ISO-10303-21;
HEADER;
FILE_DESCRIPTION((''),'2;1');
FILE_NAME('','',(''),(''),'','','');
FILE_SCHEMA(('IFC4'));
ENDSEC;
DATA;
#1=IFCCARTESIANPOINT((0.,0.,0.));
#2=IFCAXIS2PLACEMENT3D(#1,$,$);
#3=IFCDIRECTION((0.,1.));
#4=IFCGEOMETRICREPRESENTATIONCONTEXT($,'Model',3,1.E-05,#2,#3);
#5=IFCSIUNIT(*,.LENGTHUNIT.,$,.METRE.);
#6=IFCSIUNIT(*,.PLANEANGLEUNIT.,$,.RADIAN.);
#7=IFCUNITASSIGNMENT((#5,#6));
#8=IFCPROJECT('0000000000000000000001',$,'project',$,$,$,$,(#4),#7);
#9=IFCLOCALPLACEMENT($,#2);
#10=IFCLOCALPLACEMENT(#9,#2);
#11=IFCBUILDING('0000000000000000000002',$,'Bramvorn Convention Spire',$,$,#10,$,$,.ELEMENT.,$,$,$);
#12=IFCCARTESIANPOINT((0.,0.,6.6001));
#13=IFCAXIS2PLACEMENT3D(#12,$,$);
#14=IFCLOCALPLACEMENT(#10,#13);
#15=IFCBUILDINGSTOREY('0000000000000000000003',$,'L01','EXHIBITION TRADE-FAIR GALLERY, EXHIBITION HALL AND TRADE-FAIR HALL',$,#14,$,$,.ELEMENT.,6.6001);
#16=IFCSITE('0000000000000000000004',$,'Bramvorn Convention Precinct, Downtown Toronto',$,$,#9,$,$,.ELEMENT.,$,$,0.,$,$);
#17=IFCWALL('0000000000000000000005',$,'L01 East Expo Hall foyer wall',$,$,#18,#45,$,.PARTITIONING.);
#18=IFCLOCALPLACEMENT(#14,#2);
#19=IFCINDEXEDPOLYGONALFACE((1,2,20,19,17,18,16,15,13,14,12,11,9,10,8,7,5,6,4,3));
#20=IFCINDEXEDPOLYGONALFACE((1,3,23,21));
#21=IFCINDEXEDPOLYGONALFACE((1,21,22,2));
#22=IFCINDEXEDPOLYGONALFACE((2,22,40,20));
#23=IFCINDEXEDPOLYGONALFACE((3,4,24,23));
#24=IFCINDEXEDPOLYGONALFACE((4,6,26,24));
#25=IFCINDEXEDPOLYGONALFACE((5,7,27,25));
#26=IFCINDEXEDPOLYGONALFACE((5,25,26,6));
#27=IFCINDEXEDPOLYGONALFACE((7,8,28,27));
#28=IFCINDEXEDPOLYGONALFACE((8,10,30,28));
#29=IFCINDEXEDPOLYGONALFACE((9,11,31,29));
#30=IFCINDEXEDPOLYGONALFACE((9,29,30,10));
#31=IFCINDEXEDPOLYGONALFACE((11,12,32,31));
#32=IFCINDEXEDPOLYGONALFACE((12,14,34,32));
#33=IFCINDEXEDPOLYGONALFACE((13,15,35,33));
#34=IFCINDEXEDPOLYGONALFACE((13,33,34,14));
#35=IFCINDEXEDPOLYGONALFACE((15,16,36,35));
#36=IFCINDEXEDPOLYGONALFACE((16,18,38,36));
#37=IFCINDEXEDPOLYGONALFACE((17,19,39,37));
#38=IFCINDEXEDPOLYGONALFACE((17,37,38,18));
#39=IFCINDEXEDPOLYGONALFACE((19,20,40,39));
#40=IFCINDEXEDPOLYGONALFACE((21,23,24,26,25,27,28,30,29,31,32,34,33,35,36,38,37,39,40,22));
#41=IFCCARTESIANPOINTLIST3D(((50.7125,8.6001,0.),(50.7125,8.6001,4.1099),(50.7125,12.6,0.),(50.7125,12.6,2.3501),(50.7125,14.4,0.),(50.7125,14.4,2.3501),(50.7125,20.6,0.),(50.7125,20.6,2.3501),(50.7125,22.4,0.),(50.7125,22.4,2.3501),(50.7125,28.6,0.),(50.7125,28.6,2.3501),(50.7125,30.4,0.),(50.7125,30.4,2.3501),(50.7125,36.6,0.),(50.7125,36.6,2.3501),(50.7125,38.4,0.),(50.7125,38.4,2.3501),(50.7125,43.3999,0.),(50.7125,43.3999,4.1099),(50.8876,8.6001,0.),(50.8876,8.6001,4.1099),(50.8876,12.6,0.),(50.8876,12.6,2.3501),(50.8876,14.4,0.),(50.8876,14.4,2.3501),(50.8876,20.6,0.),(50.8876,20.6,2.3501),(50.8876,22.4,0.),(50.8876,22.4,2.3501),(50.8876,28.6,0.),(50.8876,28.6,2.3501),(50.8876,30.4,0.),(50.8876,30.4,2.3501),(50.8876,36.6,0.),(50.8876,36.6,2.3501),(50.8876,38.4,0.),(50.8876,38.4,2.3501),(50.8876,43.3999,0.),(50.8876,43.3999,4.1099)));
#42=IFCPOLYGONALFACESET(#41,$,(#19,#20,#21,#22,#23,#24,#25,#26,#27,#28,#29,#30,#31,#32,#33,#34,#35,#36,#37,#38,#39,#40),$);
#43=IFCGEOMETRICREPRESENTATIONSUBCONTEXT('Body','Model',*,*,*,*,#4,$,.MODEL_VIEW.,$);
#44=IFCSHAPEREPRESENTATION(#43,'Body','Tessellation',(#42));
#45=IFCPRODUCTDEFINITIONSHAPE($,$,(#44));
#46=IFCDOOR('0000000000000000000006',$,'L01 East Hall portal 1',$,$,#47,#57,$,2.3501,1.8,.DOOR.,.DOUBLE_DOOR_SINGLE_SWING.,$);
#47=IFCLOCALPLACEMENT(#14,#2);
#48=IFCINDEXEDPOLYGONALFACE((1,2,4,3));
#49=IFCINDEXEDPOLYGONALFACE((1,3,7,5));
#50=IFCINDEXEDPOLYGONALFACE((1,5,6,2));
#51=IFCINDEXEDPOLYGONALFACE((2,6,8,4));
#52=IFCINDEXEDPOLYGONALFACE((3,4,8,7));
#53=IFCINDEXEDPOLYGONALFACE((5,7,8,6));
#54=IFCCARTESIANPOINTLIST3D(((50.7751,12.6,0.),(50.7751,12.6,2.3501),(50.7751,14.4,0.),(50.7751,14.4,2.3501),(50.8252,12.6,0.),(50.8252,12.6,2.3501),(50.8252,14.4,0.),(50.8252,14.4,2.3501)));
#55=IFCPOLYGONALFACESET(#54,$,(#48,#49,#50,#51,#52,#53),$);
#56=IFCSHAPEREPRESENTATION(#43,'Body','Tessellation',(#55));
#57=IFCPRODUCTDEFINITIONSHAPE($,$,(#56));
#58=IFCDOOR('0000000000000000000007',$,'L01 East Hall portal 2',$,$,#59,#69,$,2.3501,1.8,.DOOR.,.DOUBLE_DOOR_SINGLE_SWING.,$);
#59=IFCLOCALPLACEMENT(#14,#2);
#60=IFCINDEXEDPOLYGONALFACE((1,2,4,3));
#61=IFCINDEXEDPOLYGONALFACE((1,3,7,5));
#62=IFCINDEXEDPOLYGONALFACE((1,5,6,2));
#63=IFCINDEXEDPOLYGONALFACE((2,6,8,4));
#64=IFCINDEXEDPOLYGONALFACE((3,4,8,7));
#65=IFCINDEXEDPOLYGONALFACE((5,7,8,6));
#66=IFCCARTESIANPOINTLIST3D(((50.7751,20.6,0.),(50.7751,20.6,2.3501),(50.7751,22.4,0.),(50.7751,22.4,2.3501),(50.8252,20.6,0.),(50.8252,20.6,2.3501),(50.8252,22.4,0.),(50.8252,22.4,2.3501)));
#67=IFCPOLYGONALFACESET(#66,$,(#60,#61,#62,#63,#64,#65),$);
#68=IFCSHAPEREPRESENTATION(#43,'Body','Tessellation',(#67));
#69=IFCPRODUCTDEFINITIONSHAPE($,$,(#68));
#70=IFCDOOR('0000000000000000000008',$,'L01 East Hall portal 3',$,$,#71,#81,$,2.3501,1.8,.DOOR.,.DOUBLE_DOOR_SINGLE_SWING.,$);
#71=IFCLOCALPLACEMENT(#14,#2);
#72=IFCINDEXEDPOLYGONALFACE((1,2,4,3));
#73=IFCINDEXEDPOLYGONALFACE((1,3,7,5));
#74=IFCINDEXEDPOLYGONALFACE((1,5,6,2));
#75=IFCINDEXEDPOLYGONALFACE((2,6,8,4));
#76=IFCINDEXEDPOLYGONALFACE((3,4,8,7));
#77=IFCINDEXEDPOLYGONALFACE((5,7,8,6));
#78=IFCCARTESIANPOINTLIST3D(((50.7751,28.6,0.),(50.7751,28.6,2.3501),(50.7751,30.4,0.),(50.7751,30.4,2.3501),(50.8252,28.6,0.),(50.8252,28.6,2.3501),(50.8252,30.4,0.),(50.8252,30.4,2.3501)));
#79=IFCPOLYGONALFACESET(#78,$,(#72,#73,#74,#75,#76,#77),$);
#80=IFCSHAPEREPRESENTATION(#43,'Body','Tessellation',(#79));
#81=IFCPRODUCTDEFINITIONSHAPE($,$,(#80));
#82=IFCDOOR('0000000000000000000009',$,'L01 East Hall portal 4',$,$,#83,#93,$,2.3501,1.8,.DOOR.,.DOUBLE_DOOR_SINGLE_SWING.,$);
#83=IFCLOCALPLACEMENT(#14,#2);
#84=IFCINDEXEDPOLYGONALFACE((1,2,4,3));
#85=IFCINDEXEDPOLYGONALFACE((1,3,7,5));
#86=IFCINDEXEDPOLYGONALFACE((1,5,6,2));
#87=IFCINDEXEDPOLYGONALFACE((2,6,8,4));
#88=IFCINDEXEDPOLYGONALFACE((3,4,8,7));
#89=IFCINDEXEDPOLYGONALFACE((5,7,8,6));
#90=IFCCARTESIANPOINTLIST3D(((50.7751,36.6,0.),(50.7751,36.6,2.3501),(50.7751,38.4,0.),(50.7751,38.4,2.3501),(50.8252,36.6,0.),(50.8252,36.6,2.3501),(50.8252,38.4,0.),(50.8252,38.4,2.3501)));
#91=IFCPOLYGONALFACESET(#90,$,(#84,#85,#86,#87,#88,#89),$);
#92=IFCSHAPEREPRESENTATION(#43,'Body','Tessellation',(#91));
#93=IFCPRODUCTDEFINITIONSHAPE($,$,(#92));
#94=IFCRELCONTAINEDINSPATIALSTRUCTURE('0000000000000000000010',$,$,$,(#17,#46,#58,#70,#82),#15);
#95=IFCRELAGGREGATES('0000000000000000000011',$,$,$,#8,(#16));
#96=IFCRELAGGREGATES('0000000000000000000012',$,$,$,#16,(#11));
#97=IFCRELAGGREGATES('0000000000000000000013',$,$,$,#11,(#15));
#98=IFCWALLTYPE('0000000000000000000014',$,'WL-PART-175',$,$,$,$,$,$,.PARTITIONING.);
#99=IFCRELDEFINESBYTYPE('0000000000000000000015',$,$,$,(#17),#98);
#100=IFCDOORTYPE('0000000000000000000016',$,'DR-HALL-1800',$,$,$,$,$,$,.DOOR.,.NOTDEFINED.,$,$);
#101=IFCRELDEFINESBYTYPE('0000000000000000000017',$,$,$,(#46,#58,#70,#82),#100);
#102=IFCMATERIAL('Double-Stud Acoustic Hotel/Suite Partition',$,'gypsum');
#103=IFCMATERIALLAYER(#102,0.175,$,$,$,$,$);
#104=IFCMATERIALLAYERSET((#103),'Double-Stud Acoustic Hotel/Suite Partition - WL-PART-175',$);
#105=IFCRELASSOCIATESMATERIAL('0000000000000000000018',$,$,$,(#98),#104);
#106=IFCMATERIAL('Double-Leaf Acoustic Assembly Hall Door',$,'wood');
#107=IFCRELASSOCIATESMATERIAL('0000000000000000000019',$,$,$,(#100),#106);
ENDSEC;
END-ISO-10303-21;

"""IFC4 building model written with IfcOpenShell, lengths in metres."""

from ifc_helpers import new_model, si_unit, direction, frame, frame_2d, origin, place, context, subcontext, project, spatial, rectangle, extrude, material, layer, layer_set, type_object, element, fill, save


model = new_model("IFC4")

# Units and contexts
model_context = context("Model", 3, precision=1e-05, world=origin(), true_north=direction((0.0, 1.0)))
body_context = subcontext(model_context, "Body", "Model", "MODEL_VIEW")
ifc_project = project(units=[si_unit("LENGTHUNIT", "METRE"), si_unit("PLANEANGLEUNIT", "RADIAN")], contexts=[model_context])

# Site, building, storey
site_placement = place(None, origin())
site = spatial("IfcSite", under=ifc_project, at=site_placement, Name="Bramvorn Convention Precinct, Downtown Toronto", CompositionType="ELEMENT", RefElevation=0.0)
building_placement = place(site_placement, origin())
building = spatial("IfcBuilding", under=site, at=building_placement, Name="Bramvorn Convention Spire", CompositionType="ELEMENT")
storey_placement = place(building_placement, frame((0.0, 0.0, 6.6001)))
storey = spatial("IfcBuildingStorey", under=building, at=storey_placement, Name="L01", Description="EXHIBITION TRADE-FAIR GALLERY, EXHIBITION HALL AND TRADE-FAIR HALL", CompositionType="ELEMENT", Elevation=6.6001)

# Wall, openings, doors
ifc_material_1 = material(Name="Double-Stud Acoustic Hotel/Suite Partition", Category="gypsum")
ifc_layer_1 = layer(ifc_material_1, 0.175)
ifc_layer_set_1 = layer_set([ifc_layer_1], Name="Double-Stud Acoustic Hotel/Suite Partition - WL-PART-175")
wall_type_1 = type_object("IfcWallType", Name="WL-PART-175", PredefinedType="PARTITIONING", material=ifc_layer_set_1)
wall_1_placement = place(storey_placement, frame((50.8, 8.6001, 0.0), z_axis=(0.0, 0.0, 1.0), x_axis=(0.0, 1.0, 0.0)))
wall_1 = element("IfcWall", 1, at=wall_1_placement, inside=storey, type_object=wall_type_1, Name="L01 East Expo Hall foyer wall", PredefinedType="PARTITIONING", context=body_context, shape_type="SweptSolid", body=[
    extrude(rectangle(XDim=34.7998, YDim=0.175, at=frame_2d((17.3999, 0.0))), origin(), (0.0, 0.0, 1.0), 4.1099),
])
opening_1_placement = place(wall_1_placement, frame((4.0, 0.0, 0.0)))
opening_1 = element("IfcOpeningElement", 2, at=opening_1_placement, cuts=wall_1, PredefinedType="OPENING", context=body_context, shape_type="SweptSolid", body=[
    extrude(rectangle(XDim=1.8, YDim=2.3501, at=frame_2d((0.8999, 1.175))), frame((0.0, 0.0974, 0.0), z_axis=(0.0, -1.0, 0.0), x_axis=(1.0, 0.0, 0.0)), (0.0, 0.0, 1.0), 0.1951),
])
opening_2_placement = place(wall_1_placement, frame((12.0, 0.0, 0.0)))
opening_2 = element("IfcOpeningElement", 3, at=opening_2_placement, cuts=wall_1, PredefinedType="OPENING", context=body_context, shape_type="SweptSolid", body=[
    extrude(rectangle(XDim=1.8, YDim=2.3501, at=frame_2d((0.8999, 1.175))), frame((0.0, 0.0974, 0.0), z_axis=(0.0, -1.0, 0.0), x_axis=(1.0, 0.0, 0.0)), (0.0, 0.0, 1.0), 0.1951),
])
opening_3_placement = place(wall_1_placement, frame((20.0, 0.0, 0.0)))
opening_3 = element("IfcOpeningElement", 4, at=opening_3_placement, cuts=wall_1, PredefinedType="OPENING", context=body_context, shape_type="SweptSolid", body=[
    extrude(rectangle(XDim=1.8, YDim=2.3501, at=frame_2d((0.8999, 1.175))), frame((0.0, 0.0974, 0.0), z_axis=(0.0, -1.0, 0.0), x_axis=(1.0, 0.0, 0.0)), (0.0, 0.0, 1.0), 0.1951),
])
opening_4_placement = place(wall_1_placement, frame((28.0, 0.0, 0.0)))
opening_4 = element("IfcOpeningElement", 5, at=opening_4_placement, cuts=wall_1, PredefinedType="OPENING", context=body_context, shape_type="SweptSolid", body=[
    extrude(rectangle(XDim=1.8, YDim=2.3501, at=frame_2d((0.8999, 1.175))), frame((0.0, 0.0974, 0.0), z_axis=(0.0, -1.0, 0.0), x_axis=(1.0, 0.0, 0.0)), (0.0, 0.0, 1.0), 0.1951),
])
ifc_material_2 = material(Name="Double-Leaf Acoustic Assembly Hall Door", Category="wood")
door_type = type_object("IfcDoorType", Name="DR-HALL-1800", OperationType="NOTDEFINED", PredefinedType="DOOR", material=ifc_material_2)
door_1_placement = place(opening_1_placement, origin())
door_1 = element("IfcDoor", 6, at=door_1_placement, inside=storey, type_object=door_type, Name="L01 East Hall portal 1", OperationType="DOUBLE_DOOR_SINGLE_SWING", OverallHeight=2.3501, OverallWidth=1.8, PredefinedType="DOOR", context=body_context, shape_type="SweptSolid", body=[
    extrude(rectangle(XDim=1.8, YDim=2.3501, at=frame_2d((0.8999, 1.175))), frame((0.0, 0.0249, 0.0), z_axis=(0.0, -1.0, 0.0), x_axis=(1.0, 0.0, 0.0)), (0.0, 0.0, 1.0), 0.05),
])
fill(opening_1, door_1)
door_2_placement = place(opening_2_placement, origin())
door_2 = element("IfcDoor", 7, at=door_2_placement, inside=storey, type_object=door_type, Name="L01 East Hall portal 2", OperationType="DOUBLE_DOOR_SINGLE_SWING", OverallHeight=2.3501, OverallWidth=1.8, PredefinedType="DOOR", context=body_context, shape_type="SweptSolid", body=[
    extrude(rectangle(XDim=1.8, YDim=2.3501, at=frame_2d((0.8999, 1.175))), frame((0.0, 0.0249, 0.0), z_axis=(0.0, -1.0, 0.0), x_axis=(1.0, 0.0, 0.0)), (0.0, 0.0, 1.0), 0.05),
])
fill(opening_2, door_2)
door_3_placement = place(opening_3_placement, origin())
door_3 = element("IfcDoor", 8, at=door_3_placement, inside=storey, type_object=door_type, Name="L01 East Hall portal 3", OperationType="DOUBLE_DOOR_SINGLE_SWING", OverallHeight=2.3501, OverallWidth=1.8, PredefinedType="DOOR", context=body_context, shape_type="SweptSolid", body=[
    extrude(rectangle(XDim=1.8, YDim=2.3501, at=frame_2d((0.8999, 1.175))), frame((0.0, 0.0249, 0.0), z_axis=(0.0, -1.0, 0.0), x_axis=(1.0, 0.0, 0.0)), (0.0, 0.0, 1.0), 0.05),
])
fill(opening_3, door_3)
door_4_placement = place(opening_4_placement, origin())
door_4 = element("IfcDoor", 9, at=door_4_placement, inside=storey, type_object=door_type, Name="L01 East Hall portal 4", OperationType="DOUBLE_DOOR_SINGLE_SWING", OverallHeight=2.3501, OverallWidth=1.8, PredefinedType="DOOR", context=body_context, shape_type="SweptSolid", body=[
    extrude(rectangle(XDim=1.8, YDim=2.3501, at=frame_2d((0.8999, 1.175))), frame((0.0, 0.0249, 0.0), z_axis=(0.0, -1.0, 0.0), x_axis=(1.0, 0.0, 0.0)), (0.0, 0.0, 1.0), 0.05),
])
fill(opening_4, door_4)

save(model, "model.ifc")
